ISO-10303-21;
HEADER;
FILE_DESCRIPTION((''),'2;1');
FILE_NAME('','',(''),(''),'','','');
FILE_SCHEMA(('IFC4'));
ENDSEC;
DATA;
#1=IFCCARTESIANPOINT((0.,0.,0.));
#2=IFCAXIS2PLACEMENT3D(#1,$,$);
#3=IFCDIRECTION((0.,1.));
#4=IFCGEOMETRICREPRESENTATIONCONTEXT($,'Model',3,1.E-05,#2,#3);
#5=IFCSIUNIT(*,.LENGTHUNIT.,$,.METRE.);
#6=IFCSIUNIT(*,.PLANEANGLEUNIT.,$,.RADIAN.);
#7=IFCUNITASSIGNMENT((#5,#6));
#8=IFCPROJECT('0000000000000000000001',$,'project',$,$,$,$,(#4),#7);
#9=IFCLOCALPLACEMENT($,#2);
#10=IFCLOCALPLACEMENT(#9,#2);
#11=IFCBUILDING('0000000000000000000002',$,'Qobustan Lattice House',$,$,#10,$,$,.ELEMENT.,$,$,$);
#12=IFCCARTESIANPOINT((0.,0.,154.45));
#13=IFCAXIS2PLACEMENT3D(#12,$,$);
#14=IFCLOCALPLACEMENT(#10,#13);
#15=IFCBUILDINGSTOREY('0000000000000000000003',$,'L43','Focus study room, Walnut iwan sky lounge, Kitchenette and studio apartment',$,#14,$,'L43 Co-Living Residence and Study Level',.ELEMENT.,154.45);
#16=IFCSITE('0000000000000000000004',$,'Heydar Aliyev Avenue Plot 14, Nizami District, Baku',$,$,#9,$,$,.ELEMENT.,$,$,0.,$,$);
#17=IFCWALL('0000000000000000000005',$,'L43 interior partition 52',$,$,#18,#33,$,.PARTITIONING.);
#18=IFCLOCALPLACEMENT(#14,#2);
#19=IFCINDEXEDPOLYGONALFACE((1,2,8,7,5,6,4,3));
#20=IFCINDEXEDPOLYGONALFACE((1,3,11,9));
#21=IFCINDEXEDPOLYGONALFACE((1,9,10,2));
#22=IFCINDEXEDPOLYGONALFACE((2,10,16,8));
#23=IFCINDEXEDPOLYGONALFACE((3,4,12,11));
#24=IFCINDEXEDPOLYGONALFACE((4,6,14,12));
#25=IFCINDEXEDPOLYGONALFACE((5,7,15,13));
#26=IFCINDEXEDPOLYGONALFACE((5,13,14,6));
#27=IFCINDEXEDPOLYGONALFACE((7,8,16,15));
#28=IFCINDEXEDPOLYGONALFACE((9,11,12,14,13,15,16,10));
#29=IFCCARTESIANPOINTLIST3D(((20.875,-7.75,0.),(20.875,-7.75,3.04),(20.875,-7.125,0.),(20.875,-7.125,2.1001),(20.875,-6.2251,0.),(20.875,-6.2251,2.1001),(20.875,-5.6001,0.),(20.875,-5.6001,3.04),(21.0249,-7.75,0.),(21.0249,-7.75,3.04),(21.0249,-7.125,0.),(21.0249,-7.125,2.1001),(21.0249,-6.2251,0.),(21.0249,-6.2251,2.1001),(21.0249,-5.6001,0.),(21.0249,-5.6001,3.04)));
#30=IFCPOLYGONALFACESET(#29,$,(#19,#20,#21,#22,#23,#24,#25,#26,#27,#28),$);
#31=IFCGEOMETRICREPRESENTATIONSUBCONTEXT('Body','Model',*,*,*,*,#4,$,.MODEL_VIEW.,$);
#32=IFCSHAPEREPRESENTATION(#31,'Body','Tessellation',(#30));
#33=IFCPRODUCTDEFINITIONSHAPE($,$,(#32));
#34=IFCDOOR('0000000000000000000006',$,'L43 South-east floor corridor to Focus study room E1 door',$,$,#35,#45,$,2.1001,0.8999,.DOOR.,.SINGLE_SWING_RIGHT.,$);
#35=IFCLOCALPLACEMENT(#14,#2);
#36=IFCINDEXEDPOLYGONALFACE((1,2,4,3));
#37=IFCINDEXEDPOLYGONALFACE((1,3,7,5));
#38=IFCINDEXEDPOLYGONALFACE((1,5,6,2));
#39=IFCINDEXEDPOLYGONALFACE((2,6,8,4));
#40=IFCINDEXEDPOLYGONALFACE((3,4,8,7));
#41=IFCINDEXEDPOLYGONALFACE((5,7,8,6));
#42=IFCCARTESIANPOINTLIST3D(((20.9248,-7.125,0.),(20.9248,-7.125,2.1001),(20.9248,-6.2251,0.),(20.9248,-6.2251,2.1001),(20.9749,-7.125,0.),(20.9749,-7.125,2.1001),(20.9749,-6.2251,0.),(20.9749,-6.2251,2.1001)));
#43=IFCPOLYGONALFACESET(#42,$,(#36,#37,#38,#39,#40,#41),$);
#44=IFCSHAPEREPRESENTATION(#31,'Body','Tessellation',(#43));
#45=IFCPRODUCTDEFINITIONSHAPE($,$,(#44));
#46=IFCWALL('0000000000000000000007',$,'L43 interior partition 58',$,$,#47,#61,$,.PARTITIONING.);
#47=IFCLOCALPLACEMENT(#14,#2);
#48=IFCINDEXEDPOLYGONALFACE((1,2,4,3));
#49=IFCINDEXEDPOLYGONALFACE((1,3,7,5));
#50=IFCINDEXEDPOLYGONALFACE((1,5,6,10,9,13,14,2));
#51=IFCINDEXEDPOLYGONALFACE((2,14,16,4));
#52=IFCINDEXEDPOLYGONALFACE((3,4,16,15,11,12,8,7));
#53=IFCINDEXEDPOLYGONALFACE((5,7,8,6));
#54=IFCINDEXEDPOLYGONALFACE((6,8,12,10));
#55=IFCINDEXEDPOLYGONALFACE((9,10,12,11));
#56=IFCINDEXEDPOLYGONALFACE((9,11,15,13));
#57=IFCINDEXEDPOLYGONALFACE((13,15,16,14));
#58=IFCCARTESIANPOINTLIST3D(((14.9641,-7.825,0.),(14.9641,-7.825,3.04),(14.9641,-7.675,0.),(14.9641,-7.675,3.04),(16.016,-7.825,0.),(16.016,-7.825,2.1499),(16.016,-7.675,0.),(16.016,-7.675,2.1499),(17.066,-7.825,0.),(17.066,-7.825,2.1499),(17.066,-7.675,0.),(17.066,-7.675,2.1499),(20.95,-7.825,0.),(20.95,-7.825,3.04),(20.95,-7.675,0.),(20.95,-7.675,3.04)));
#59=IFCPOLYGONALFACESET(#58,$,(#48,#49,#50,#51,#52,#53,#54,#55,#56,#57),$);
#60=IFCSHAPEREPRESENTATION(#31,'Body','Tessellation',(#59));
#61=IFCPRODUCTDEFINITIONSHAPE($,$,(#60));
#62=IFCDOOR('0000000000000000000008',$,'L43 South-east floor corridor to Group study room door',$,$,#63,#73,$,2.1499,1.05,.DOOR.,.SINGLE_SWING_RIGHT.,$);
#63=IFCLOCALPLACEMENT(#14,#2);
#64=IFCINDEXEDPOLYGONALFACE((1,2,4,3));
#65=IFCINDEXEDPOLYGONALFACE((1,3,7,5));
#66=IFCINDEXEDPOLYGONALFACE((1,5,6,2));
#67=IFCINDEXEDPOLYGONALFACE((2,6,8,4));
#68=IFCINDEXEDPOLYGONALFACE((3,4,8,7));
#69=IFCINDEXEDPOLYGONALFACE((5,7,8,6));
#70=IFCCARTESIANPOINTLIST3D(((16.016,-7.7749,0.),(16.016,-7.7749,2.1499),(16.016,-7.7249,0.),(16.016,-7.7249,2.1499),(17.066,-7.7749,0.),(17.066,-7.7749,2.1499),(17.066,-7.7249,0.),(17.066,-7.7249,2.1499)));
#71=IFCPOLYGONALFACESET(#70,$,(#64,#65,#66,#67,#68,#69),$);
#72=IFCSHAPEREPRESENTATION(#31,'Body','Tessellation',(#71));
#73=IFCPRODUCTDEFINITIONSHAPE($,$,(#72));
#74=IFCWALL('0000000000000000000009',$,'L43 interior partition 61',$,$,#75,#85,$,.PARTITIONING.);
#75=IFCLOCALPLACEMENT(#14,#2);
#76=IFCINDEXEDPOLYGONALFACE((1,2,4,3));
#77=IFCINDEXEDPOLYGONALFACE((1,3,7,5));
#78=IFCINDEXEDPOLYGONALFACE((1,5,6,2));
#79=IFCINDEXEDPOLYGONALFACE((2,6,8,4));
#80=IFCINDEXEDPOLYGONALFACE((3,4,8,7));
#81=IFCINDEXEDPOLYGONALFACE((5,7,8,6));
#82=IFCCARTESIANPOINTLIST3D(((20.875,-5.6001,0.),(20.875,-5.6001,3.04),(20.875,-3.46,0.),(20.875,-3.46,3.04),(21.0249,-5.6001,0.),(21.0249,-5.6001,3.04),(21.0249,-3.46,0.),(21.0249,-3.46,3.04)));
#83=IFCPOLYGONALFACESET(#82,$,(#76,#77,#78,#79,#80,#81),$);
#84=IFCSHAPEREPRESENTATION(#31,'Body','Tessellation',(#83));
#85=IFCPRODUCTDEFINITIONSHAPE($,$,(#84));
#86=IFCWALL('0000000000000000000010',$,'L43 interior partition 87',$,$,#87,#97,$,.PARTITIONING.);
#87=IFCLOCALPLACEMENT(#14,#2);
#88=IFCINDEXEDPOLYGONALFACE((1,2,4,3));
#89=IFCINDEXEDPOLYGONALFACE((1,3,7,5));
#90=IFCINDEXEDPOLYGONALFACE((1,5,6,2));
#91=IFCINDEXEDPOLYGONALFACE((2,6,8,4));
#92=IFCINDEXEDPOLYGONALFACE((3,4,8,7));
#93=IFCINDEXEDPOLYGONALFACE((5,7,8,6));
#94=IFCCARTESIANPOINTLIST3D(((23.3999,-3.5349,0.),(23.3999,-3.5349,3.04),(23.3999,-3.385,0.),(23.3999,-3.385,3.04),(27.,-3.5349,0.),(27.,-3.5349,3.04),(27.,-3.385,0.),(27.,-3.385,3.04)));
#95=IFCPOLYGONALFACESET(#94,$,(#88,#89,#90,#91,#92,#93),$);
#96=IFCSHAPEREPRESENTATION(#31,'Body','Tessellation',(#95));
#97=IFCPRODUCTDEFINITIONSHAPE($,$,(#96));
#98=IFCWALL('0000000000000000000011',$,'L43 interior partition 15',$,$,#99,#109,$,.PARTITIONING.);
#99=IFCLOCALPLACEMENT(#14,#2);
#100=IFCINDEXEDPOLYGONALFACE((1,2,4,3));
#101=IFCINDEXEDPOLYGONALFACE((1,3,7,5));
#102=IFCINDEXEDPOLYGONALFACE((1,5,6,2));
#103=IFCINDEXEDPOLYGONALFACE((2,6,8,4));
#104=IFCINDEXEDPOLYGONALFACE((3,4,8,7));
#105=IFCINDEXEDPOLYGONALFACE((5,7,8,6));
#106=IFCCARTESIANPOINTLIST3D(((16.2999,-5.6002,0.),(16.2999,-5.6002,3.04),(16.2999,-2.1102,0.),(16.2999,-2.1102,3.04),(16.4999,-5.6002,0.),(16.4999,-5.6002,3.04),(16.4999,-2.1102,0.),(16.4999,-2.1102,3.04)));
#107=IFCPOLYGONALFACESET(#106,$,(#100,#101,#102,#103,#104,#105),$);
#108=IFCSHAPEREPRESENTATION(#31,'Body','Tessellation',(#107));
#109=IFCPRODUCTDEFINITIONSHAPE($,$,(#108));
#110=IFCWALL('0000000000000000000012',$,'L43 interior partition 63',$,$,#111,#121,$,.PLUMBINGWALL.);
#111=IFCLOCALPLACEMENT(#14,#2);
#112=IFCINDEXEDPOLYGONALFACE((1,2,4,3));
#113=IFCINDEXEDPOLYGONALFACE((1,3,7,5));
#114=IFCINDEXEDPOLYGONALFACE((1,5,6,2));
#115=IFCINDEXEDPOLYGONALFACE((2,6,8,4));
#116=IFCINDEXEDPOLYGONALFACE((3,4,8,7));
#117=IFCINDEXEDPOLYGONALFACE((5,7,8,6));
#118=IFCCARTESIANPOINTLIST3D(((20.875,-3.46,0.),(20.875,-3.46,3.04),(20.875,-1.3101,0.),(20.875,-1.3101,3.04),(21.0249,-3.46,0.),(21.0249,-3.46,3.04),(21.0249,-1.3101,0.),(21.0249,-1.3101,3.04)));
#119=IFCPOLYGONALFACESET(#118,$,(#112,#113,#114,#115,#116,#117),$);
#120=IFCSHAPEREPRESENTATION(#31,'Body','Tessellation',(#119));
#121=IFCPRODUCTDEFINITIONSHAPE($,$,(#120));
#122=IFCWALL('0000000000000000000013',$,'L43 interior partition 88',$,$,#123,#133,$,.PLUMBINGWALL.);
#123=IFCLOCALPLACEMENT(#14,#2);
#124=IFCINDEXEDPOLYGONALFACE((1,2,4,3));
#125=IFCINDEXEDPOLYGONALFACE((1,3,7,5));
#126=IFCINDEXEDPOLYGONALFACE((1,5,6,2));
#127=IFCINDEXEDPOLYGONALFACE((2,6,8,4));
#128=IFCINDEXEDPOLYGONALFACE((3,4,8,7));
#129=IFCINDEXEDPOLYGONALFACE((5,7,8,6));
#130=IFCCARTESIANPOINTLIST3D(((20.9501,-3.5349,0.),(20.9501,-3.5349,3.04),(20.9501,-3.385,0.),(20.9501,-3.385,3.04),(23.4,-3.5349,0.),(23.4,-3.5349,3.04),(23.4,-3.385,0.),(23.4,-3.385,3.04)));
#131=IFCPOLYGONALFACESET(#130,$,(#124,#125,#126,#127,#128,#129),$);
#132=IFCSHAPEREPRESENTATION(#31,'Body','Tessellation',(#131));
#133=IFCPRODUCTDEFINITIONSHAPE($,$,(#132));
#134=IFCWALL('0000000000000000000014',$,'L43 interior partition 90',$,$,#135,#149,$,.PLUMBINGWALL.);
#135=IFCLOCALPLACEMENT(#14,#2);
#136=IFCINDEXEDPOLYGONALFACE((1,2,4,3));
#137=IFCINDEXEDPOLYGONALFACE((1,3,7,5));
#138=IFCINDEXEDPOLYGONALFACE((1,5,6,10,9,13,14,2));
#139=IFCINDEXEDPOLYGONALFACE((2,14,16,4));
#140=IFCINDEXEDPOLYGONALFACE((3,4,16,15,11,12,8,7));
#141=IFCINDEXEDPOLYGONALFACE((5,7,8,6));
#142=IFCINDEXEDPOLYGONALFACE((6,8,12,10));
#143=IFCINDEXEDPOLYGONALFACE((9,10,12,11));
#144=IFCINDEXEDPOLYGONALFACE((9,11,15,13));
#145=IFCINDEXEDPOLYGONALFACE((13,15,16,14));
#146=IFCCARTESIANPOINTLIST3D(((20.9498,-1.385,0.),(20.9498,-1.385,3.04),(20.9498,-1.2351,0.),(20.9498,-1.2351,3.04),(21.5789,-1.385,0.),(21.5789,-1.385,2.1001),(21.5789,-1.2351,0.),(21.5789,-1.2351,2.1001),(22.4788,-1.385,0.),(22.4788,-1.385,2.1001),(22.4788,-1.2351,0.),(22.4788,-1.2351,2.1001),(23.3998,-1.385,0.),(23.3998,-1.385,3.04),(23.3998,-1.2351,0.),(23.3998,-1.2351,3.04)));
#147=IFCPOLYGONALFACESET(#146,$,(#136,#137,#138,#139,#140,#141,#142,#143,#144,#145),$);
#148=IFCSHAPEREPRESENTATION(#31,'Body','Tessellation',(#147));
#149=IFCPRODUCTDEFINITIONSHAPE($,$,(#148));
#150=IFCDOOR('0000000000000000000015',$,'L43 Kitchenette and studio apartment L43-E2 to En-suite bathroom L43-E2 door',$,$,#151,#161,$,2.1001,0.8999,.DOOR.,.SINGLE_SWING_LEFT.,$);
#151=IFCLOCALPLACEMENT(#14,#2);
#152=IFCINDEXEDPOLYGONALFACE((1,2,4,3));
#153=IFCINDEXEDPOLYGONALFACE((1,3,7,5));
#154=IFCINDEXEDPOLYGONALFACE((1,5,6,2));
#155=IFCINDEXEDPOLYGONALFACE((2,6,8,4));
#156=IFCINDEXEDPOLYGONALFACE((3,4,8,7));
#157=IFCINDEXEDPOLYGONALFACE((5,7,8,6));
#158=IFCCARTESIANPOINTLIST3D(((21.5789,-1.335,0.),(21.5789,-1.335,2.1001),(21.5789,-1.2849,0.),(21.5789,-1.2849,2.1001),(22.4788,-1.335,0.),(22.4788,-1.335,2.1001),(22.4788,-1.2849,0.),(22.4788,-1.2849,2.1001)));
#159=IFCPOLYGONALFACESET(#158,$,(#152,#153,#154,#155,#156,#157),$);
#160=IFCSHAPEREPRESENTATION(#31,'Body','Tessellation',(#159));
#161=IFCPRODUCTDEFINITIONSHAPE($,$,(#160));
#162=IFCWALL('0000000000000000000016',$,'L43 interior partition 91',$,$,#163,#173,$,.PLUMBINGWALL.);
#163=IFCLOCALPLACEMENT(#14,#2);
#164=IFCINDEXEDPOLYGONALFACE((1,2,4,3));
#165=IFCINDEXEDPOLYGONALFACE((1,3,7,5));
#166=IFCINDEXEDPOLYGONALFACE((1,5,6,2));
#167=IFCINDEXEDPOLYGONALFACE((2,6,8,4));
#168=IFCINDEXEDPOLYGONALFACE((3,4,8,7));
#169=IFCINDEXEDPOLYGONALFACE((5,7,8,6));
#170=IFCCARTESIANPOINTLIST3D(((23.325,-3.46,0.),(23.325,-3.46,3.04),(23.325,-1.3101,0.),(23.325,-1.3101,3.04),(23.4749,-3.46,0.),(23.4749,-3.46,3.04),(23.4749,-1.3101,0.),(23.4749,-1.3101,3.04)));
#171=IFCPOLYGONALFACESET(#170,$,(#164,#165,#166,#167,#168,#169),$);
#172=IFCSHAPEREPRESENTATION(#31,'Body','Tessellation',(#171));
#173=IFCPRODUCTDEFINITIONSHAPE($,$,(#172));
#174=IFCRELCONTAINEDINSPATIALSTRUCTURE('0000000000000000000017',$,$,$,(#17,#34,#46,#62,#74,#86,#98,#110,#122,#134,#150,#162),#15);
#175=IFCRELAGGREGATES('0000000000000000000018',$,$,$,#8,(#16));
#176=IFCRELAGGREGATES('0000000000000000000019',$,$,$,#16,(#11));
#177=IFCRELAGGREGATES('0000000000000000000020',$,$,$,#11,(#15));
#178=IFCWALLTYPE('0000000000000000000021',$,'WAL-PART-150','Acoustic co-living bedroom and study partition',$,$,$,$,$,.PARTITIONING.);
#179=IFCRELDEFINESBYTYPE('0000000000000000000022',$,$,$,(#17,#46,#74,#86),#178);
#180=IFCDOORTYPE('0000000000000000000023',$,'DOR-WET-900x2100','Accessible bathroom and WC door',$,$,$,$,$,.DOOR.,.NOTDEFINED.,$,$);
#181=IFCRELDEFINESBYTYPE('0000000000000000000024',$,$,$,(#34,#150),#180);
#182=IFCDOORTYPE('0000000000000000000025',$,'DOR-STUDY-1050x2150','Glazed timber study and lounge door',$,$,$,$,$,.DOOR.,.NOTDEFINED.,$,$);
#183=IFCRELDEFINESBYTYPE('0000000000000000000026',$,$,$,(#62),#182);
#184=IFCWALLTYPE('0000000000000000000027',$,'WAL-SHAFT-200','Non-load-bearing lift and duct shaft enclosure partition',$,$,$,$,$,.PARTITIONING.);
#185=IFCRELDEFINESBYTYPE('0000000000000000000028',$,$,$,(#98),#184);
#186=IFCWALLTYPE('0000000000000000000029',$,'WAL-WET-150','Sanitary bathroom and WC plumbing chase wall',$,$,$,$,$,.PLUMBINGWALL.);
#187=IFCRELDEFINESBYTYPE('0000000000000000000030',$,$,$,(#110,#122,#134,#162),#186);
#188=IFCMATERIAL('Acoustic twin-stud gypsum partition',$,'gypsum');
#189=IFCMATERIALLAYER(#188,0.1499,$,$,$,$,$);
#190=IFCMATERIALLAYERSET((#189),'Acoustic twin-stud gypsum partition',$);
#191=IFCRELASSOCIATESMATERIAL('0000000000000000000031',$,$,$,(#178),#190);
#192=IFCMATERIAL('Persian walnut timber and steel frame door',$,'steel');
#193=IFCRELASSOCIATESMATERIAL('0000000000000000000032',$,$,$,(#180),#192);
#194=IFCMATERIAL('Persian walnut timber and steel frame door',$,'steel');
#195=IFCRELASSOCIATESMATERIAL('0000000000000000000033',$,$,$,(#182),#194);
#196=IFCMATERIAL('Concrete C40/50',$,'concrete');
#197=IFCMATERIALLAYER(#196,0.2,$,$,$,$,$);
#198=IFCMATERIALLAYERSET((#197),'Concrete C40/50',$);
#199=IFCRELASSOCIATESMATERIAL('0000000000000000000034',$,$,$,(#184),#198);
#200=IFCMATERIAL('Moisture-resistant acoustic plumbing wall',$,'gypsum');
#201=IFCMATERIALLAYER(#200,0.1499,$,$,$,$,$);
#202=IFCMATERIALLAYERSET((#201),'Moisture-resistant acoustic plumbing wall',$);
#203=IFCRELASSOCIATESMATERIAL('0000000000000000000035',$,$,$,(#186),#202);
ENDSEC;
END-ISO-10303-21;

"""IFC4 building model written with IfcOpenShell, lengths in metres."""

from ifc_helpers import new_model, si_unit, direction, frame, frame_2d, origin, place, context, subcontext, project, spatial, rectangle, extrude, material, layer, layer_set, type_object, element, fill, save


model = new_model("IFC4")

# Units and contexts
model_context = context("Model", 3, precision=1e-05, world=origin(), true_north=direction((0.0, 1.0)))
body_context = subcontext(model_context, "Body", "Model", "MODEL_VIEW")
ifc_project = project(units=[si_unit("LENGTHUNIT", "METRE"), si_unit("PLANEANGLEUNIT", "RADIAN")], contexts=[model_context])

# Site, building, storey
site_placement = place(None, origin())
site = spatial("IfcSite", under=ifc_project, at=site_placement, Name="Heydar Aliyev Avenue Plot 14, Nizami District, Baku", CompositionType="ELEMENT", RefElevation=0.0)
building_placement = place(site_placement, origin())
building = spatial("IfcBuilding", under=site, at=building_placement, Name="Qobustan Lattice House", CompositionType="ELEMENT")
storey_placement = place(building_placement, frame((0.0, 0.0, 154.45)))
storey = spatial("IfcBuildingStorey", under=building, at=storey_placement, Name="L43", Description="Focus study room, Walnut iwan sky lounge, Kitchenette and studio apartment", LongName="L43 Co-Living Residence and Study Level", CompositionType="ELEMENT", Elevation=154.45)

# Walls, openings, doors
ifc_material_1 = material(Name="Acoustic twin-stud gypsum partition", Category="gypsum")
ifc_layer_1 = layer(ifc_material_1, 0.1499)
ifc_layer_set_1 = layer_set([ifc_layer_1], Name="Acoustic twin-stud gypsum partition")
wall_type_1 = type_object("IfcWallType", Name="WAL-PART-150", Description="Acoustic co-living bedroom and study partition", PredefinedType="PARTITIONING", material=ifc_layer_set_1)
wall_1_placement = place(storey_placement, frame((20.95, -5.6001, 0.0), z_axis=(0.0, 0.0, 1.0), x_axis=(0.0, -1.0, 0.0)))
wall_1 = element("IfcWall", 1, at=wall_1_placement, inside=storey, type_object=wall_type_1, Name="L43 interior partition 52", PredefinedType="PARTITIONING", context=body_context, shape_type="SweptSolid", body=[
    extrude(rectangle(XDim=2.1499, YDim=0.1499, at=frame_2d((1.075, 0.0))), origin(), (0.0, 0.0, 1.0), 3.04),
])
opening_1_placement = place(wall_1_placement, frame((0.625, 0.0, 0.0)))
opening_1 = element("IfcOpeningElement", 2, at=opening_1_placement, cuts=wall_1, PredefinedType="OPENING", context=body_context, shape_type="SweptSolid", body=[
    extrude(rectangle(XDim=0.8999, YDim=2.1001, at=frame_2d((0.45, 1.05))), frame((0.0, 0.085, 0.0), z_axis=(0.0, -1.0, 0.0), x_axis=(1.0, 0.0, 0.0)), (0.0, 0.0, 1.0), 0.1699),
])
ifc_material_2 = material(Name="Persian walnut timber and steel frame door", Category="steel")
door_type_1 = type_object("IfcDoorType", Name="DOR-WET-900x2100", Description="Accessible bathroom and WC door", OperationType="NOTDEFINED", PredefinedType="DOOR", material=ifc_material_2)
door_1_placement = place(opening_1_placement, origin())
door_1 = element("IfcDoor", 3, at=door_1_placement, inside=storey, type_object=door_type_1, Name="L43 South-east floor corridor to Focus study room E1 door", OperationType="SINGLE_SWING_RIGHT", OverallHeight=2.1001, OverallWidth=0.8999, PredefinedType="DOOR", context=body_context, shape_type="SweptSolid", body=[
    extrude(rectangle(XDim=0.8999, YDim=2.1001, at=frame_2d((0.45, 1.05))), frame((0.0, 0.0249, 0.0), z_axis=(0.0, -1.0, 0.0), x_axis=(1.0, 0.0, 0.0)), (0.0, 0.0, 1.0), 0.05),
])
fill(opening_1, door_1)
wall_2_placement = place(storey_placement, frame((20.95, -7.75, 0.0), z_axis=(0.0, 0.0, 1.0), x_axis=(-1.0, 0.0, 0.0)))
wall_2 = element("IfcWall", 4, at=wall_2_placement, inside=storey, type_object=wall_type_1, Name="L43 interior partition 58", PredefinedType="PARTITIONING", context=body_context, shape_type="SweptSolid", body=[
    extrude(rectangle(XDim=5.9858, YDim=0.1499, at=frame_2d((2.9929, 0.0))), origin(), (0.0, 0.0, 1.0), 3.04),
])
opening_2_placement = place(wall_2_placement, frame((3.884, 0.0, 0.0)))
opening_2 = element("IfcOpeningElement", 5, at=opening_2_placement, cuts=wall_2, PredefinedType="OPENING", context=body_context, shape_type="SweptSolid", body=[
    extrude(rectangle(XDim=1.05, YDim=2.1499, at=frame_2d((0.5249, 1.075))), frame((0.0, 0.085, 0.0), z_axis=(0.0, -1.0, 0.0), x_axis=(1.0, 0.0, 0.0)), (0.0, 0.0, 1.0), 0.1699),
])
ifc_material_3 = material(Name="Persian walnut timber and steel frame door", Category="steel")
door_type_2 = type_object("IfcDoorType", Name="DOR-STUDY-1050x2150", Description="Glazed timber study and lounge door", OperationType="NOTDEFINED", PredefinedType="DOOR", material=ifc_material_3)
door_2_placement = place(opening_2_placement, origin())
door_2 = element("IfcDoor", 6, at=door_2_placement, inside=storey, type_object=door_type_2, Name="L43 South-east floor corridor to Group study room door", OperationType="SINGLE_SWING_RIGHT", OverallHeight=2.1499, OverallWidth=1.05, PredefinedType="DOOR", context=body_context, shape_type="SweptSolid", body=[
    extrude(rectangle(XDim=1.05, YDim=2.1499, at=frame_2d((0.5249, 1.075))), frame((0.0, 0.0249, 0.0), z_axis=(0.0, -1.0, 0.0), x_axis=(1.0, 0.0, 0.0)), (0.0, 0.0, 1.0), 0.05),
])
fill(opening_2, door_2)

# Walls
wall_3_placement = place(storey_placement, frame((20.95, -3.46, 0.0), z_axis=(0.0, 0.0, 1.0), x_axis=(0.0, -1.0, 0.0)))
element("IfcWall", 7, at=wall_3_placement, inside=storey, type_object=wall_type_1, Name="L43 interior partition 61", PredefinedType="PARTITIONING", context=body_context, shape_type="SweptSolid", body=[
    extrude(rectangle(XDim=2.1401, YDim=0.1499, at=frame_2d((1.0701, 0.0))), origin(), (0.0, 0.0, 1.0), 3.04),
])
wall_4_placement = place(storey_placement, frame((23.3999, -3.46, 0.0), z_axis=(0.0, 0.0, 1.0), x_axis=(1.0, 0.0, 0.0)))
element("IfcWall", 8, at=wall_4_placement, inside=storey, type_object=wall_type_1, Name="L43 interior partition 87", PredefinedType="PARTITIONING", context=body_context, shape_type="SweptSolid", body=[
    extrude(rectangle(XDim=3.6001, YDim=0.1499, at=frame_2d((1.8, 0.0))), origin(), (0.0, 0.0, 1.0), 3.04),
])
ifc_material_4 = material(Name="Concrete C40/50", Category="concrete")
ifc_layer_2 = layer(ifc_material_4, 0.2)
ifc_layer_set_2 = layer_set([ifc_layer_2], Name="Concrete C40/50")
wall_type_2 = type_object("IfcWallType", Name="WAL-SHAFT-200", Description="Non-load-bearing lift and duct shaft enclosure partition", PredefinedType="PARTITIONING", material=ifc_layer_set_2)
wall_5_placement = place(storey_placement, frame((16.3999, -2.1101, 0.0), z_axis=(0.0, 0.0, 1.0), x_axis=(0.0, -1.0, 0.0)))
element("IfcWall", 9, at=wall_5_placement, inside=storey, type_object=wall_type_2, Name="L43 interior partition 15", PredefinedType="PARTITIONING", context=body_context, shape_type="SweptSolid", body=[
    extrude(rectangle(XDim=3.49, YDim=0.2, at=frame_2d((1.7451, 0.0))), origin(), (0.0, 0.0, 1.0), 3.04),
])
ifc_material_5 = material(Name="Moisture-resistant acoustic plumbing wall", Category="gypsum")
ifc_layer_3 = layer(ifc_material_5, 0.1499)
ifc_layer_set_3 = layer_set([ifc_layer_3], Name="Moisture-resistant acoustic plumbing wall")
wall_type_3 = type_object("IfcWallType", Name="WAL-WET-150", Description="Sanitary bathroom and WC plumbing chase wall", PredefinedType="PLUMBINGWALL", material=ifc_layer_set_3)
wall_6_placement = place(storey_placement, frame((20.95, -1.3101, 0.0), z_axis=(0.0, 0.0, 1.0), x_axis=(0.0, -1.0, 0.0)))
element("IfcWall", 10, at=wall_6_placement, inside=storey, type_object=wall_type_3, Name="L43 interior partition 63", PredefinedType="PLUMBINGWALL", context=body_context, shape_type="SweptSolid", body=[
    extrude(rectangle(XDim=2.1499, YDim=0.1499, at=frame_2d((1.075, 0.0))), origin(), (0.0, 0.0, 1.0), 3.04),
])
wall_7_placement = place(storey_placement, frame((20.95, -3.46, 0.0), z_axis=(0.0, 0.0, 1.0), x_axis=(1.0, 0.0, 0.0)))
element("IfcWall", 11, at=wall_7_placement, inside=storey, type_object=wall_type_3, Name="L43 interior partition 88", PredefinedType="PLUMBINGWALL", context=body_context, shape_type="SweptSolid", body=[
    extrude(rectangle(XDim=2.45, YDim=0.1499, at=frame_2d((1.2251, 0.0))), origin(), (0.0, 0.0, 1.0), 3.04),
])

# Wall, opening, door
wall_8_placement = place(storey_placement, frame((23.3999, -1.3101, 0.0), z_axis=(0.0, 0.0, 1.0), x_axis=(-1.0, 0.0, 0.0)))
wall_8 = element("IfcWall", 12, at=wall_8_placement, inside=storey, type_object=wall_type_3, Name="L43 interior partition 90", PredefinedType="PLUMBINGWALL", context=body_context, shape_type="SweptSolid", body=[
    extrude(rectangle(XDim=2.45, YDim=0.1499, at=frame_2d((1.2251, 0.0))), origin(), (0.0, 0.0, 1.0), 3.04),
])
opening_3_placement = place(wall_8_placement, frame((0.9211, 0.0, 0.0)))
opening_3 = element("IfcOpeningElement", 13, at=opening_3_placement, cuts=wall_8, PredefinedType="OPENING", context=body_context, shape_type="SweptSolid", body=[
    extrude(rectangle(XDim=0.8999, YDim=2.1001, at=frame_2d((0.45, 1.05))), frame((0.0, 0.085, 0.0), z_axis=(0.0, -1.0, 0.0), x_axis=(1.0, 0.0, 0.0)), (0.0, 0.0, 1.0), 0.1699),
])
door_3_placement = place(opening_3_placement, origin())
door_3 = element("IfcDoor", 14, at=door_3_placement, inside=storey, type_object=door_type_1, Name="L43 Kitchenette and studio apartment L43-E2 to En-suite bathroom L43-E2 door", OperationType="SINGLE_SWING_LEFT", OverallHeight=2.1001, OverallWidth=0.8999, PredefinedType="DOOR", context=body_context, shape_type="SweptSolid", body=[
    extrude(rectangle(XDim=0.8999, YDim=2.1001, at=frame_2d((0.45, 1.05))), frame((0.0, 0.0249, 0.0), z_axis=(0.0, -1.0, 0.0), x_axis=(1.0, 0.0, 0.0)), (0.0, 0.0, 1.0), 0.05),
])
fill(opening_3, door_3)

# Wall
wall_9_placement = place(storey_placement, frame((23.3999, -3.46, 0.0), z_axis=(0.0, 0.0, 1.0), x_axis=(0.0, 1.0, 0.0)))
element("IfcWall", 15, at=wall_9_placement, inside=storey, type_object=wall_type_3, Name="L43 interior partition 91", PredefinedType="PLUMBINGWALL", context=body_context, shape_type="SweptSolid", body=[
    extrude(rectangle(XDim=2.1499, YDim=0.1499, at=frame_2d((1.075, 0.0))), origin(), (0.0, 0.0, 1.0), 3.04),
])

save(model, "model.ifc")
